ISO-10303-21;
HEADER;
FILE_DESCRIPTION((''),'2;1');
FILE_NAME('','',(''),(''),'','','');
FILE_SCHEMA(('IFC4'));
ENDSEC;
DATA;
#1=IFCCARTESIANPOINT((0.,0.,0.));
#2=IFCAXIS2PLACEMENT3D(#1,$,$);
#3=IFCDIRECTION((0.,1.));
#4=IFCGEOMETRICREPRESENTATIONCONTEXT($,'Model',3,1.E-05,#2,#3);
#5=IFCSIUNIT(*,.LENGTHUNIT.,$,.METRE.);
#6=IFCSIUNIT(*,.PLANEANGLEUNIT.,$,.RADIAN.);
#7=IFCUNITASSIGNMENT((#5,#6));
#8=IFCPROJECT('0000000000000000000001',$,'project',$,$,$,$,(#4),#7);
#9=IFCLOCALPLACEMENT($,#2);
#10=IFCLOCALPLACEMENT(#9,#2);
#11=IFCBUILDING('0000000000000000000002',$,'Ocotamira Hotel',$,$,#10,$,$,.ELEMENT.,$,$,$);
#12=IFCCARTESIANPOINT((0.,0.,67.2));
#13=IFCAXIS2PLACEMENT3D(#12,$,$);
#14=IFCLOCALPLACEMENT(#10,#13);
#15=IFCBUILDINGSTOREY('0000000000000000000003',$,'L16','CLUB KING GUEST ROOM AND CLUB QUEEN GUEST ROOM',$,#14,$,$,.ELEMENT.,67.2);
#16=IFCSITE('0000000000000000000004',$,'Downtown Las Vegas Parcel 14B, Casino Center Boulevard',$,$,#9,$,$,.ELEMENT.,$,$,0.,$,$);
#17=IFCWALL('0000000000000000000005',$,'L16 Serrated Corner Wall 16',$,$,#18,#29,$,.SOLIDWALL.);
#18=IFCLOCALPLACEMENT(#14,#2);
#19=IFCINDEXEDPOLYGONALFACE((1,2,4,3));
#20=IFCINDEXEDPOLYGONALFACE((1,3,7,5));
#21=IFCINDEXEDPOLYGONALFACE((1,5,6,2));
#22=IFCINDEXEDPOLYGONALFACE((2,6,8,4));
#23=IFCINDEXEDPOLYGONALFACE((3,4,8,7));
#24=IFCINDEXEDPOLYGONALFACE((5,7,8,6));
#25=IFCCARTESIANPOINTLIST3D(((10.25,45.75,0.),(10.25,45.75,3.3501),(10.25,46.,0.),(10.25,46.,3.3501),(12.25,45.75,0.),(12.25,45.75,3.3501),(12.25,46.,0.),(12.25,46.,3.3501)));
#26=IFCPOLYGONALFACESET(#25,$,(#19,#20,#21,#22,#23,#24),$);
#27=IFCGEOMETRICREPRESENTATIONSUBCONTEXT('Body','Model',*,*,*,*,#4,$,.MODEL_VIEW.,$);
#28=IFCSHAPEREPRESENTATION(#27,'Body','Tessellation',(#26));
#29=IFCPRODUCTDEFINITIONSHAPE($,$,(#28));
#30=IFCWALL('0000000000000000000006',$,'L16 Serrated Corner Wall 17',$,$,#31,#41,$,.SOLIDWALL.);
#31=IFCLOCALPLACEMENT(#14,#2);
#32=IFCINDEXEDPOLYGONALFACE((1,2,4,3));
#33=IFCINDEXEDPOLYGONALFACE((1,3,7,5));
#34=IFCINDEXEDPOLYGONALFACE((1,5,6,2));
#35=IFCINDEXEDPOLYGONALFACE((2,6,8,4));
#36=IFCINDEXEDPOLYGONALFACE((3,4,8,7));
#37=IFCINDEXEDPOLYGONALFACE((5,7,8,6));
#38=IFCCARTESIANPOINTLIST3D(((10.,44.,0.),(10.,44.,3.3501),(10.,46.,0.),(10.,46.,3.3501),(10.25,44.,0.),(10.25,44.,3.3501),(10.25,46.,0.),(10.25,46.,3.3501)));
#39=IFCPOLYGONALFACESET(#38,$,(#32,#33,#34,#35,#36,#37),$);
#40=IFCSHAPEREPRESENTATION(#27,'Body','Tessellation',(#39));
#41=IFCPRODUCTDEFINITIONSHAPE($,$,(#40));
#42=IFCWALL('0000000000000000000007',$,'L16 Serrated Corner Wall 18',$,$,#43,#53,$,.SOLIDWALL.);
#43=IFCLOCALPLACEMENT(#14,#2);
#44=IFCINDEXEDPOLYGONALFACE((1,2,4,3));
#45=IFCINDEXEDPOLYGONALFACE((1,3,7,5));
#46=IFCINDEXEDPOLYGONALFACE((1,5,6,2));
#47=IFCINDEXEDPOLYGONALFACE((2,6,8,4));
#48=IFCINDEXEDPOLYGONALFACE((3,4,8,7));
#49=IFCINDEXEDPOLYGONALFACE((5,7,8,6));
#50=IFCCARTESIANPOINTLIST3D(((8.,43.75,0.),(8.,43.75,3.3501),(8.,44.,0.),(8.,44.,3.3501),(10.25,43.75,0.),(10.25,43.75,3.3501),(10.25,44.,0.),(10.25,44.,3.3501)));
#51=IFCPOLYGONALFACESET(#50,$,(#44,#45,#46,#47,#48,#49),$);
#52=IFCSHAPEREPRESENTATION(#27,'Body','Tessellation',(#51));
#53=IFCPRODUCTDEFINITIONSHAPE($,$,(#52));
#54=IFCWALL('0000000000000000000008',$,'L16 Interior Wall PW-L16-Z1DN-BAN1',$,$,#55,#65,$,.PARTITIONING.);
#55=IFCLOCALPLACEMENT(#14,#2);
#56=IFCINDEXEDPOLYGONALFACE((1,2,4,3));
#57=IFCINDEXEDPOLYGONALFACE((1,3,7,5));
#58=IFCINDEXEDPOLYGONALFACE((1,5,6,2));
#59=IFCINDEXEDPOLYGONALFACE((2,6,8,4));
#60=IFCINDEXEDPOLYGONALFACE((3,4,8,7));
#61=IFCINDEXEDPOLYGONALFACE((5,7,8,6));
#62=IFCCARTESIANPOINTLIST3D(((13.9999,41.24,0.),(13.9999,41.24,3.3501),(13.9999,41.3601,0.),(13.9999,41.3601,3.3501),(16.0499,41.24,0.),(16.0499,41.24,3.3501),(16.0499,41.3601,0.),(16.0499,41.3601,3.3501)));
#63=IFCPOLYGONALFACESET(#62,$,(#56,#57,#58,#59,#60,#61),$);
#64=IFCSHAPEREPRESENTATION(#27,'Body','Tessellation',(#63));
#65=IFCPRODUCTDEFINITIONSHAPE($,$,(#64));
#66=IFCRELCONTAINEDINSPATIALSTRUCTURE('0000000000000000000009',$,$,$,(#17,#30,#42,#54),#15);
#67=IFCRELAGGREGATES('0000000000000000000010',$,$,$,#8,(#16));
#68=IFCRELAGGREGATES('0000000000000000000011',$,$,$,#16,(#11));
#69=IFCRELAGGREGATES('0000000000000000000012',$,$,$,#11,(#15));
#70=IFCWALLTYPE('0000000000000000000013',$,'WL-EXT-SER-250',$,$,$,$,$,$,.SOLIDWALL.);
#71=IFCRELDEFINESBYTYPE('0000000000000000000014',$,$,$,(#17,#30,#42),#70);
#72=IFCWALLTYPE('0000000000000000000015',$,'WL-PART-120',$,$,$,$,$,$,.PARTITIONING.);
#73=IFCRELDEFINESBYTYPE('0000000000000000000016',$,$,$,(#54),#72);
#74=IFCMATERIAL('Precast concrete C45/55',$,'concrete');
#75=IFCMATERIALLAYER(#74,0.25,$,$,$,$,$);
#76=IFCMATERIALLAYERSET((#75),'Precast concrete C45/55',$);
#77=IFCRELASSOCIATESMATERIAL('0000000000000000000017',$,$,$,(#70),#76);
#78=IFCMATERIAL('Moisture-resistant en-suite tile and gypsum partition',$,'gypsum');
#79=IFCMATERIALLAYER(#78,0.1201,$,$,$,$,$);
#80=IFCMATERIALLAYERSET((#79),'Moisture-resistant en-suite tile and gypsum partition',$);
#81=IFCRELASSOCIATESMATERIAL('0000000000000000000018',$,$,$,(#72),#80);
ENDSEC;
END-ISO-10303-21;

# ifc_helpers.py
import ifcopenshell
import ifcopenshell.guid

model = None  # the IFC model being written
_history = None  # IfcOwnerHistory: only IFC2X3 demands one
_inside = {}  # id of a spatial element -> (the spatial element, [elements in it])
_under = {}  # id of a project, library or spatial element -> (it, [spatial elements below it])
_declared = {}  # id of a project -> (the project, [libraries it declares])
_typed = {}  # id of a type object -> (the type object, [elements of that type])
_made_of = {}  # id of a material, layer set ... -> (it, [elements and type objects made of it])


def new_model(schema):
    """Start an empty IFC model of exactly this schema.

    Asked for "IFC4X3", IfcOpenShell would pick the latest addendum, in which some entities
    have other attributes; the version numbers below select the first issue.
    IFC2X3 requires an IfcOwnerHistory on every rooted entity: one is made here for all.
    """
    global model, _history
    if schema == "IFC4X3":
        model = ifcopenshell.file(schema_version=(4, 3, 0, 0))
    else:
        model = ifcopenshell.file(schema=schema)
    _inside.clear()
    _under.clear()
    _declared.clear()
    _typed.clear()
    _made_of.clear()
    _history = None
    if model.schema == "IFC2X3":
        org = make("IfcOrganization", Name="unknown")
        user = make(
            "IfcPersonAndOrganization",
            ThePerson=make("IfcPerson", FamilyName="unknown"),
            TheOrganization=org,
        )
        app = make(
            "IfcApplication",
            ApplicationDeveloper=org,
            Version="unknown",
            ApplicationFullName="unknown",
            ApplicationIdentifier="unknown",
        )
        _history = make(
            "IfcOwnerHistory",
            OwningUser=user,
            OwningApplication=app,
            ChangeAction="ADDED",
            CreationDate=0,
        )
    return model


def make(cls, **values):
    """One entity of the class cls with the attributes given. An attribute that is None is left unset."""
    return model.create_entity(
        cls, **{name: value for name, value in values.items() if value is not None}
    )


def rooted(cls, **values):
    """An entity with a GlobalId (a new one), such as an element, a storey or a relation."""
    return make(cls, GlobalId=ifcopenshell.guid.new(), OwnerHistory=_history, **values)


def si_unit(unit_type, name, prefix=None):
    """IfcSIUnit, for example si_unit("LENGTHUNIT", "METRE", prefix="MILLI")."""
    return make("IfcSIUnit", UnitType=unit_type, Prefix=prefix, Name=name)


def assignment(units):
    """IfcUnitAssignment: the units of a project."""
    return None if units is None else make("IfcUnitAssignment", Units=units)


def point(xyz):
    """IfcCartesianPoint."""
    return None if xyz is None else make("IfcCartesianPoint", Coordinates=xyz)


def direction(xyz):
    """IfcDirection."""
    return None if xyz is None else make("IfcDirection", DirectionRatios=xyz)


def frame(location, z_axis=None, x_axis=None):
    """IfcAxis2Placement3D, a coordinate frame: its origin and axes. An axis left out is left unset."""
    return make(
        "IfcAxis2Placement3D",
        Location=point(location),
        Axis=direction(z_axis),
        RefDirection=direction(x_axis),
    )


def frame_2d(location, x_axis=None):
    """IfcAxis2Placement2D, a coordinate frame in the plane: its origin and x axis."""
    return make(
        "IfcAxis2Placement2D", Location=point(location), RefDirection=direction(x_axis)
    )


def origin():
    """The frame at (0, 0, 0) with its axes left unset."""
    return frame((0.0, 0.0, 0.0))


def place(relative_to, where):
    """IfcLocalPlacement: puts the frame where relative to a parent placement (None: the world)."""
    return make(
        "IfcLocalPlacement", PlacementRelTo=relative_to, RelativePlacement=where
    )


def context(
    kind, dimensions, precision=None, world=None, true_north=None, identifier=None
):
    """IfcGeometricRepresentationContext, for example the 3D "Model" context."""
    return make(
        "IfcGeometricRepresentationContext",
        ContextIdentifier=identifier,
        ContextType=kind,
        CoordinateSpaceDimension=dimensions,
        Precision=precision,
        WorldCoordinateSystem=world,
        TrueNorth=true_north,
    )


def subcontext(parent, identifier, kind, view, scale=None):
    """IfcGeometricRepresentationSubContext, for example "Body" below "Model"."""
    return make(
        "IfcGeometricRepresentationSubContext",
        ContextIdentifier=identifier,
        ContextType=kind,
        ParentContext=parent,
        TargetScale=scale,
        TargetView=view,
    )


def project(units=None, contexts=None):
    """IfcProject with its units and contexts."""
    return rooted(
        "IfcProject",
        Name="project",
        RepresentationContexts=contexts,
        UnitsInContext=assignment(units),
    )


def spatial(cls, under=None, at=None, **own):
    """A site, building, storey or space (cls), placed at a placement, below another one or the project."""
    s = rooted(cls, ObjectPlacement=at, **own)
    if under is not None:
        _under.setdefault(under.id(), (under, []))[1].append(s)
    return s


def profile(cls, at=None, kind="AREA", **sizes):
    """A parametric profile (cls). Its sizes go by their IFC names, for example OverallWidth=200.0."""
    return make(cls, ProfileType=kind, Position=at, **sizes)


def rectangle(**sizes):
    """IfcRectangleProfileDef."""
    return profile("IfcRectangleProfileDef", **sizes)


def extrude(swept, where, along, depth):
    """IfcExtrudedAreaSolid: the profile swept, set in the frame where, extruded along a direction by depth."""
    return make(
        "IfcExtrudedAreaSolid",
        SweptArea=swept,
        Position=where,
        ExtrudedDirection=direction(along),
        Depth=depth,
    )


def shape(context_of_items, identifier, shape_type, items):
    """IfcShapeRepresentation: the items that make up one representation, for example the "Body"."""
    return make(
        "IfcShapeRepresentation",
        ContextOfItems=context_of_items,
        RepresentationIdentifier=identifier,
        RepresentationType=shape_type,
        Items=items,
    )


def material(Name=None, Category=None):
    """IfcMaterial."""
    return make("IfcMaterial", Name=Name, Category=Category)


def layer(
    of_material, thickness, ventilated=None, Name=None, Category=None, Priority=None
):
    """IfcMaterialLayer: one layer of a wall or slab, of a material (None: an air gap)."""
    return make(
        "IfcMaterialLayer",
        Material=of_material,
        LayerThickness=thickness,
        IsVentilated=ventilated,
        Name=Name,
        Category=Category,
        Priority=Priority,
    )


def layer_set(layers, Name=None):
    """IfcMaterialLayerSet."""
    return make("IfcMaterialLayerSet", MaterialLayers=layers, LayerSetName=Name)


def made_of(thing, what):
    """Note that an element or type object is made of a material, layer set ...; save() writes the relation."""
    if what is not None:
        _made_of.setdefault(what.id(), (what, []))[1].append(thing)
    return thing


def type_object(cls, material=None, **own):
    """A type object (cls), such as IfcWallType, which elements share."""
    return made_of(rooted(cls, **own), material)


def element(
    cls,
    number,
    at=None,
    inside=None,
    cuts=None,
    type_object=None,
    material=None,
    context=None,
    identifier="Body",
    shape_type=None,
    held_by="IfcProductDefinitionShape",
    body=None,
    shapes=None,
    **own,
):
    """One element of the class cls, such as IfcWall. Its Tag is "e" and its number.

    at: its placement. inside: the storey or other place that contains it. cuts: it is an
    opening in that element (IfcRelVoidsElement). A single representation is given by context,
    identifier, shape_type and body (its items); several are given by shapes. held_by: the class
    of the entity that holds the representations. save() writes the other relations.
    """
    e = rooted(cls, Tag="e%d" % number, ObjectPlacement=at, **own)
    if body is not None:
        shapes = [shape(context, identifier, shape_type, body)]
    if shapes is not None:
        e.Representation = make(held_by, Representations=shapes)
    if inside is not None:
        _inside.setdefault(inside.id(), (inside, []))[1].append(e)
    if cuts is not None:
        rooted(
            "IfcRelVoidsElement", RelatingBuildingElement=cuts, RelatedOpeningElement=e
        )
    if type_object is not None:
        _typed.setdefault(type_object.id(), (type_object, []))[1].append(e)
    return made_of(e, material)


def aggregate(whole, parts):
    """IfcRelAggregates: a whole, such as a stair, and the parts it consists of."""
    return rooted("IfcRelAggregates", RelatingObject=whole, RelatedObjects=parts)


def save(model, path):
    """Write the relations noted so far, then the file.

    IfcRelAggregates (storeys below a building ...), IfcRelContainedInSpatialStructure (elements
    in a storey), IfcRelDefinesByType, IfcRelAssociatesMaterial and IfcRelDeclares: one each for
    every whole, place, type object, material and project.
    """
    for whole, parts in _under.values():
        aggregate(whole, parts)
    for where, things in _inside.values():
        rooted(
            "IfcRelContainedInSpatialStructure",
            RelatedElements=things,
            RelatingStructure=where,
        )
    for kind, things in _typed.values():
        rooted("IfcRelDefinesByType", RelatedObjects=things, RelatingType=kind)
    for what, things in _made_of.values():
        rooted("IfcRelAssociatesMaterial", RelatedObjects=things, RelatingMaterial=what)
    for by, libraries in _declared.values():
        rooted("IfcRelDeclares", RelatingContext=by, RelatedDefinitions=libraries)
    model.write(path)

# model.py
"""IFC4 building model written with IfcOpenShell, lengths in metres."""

from ifc_helpers import new_model, si_unit, direction, frame, frame_2d, origin, place, context, subcontext, project, spatial, rectangle, extrude, material, layer, layer_set, type_object, element, save


model = new_model("IFC4")

# Units and contexts
model_context = context("Model", 3, precision=1e-05, world=origin(), true_north=direction((0.0, 1.0)))
body_context = subcontext(model_context, "Body", "Model", "MODEL_VIEW")
ifc_project = project(units=[si_unit("LENGTHUNIT", "METRE"), si_unit("PLANEANGLEUNIT", "RADIAN")], contexts=[model_context])

# Site, building, storey
site_placement = place(None, origin())
site = spatial("IfcSite", under=ifc_project, at=site_placement, Name="Downtown Las Vegas Parcel 14B, Casino Center Boulevard", CompositionType="ELEMENT", RefElevation=0.0)
building_placement = place(site_placement, origin())
building = spatial("IfcBuilding", under=site, at=building_placement, Name="Ocotamira Hotel", CompositionType="ELEMENT")
storey_placement = place(building_placement, frame((0.0, 0.0, 67.2)))
storey = spatial("IfcBuildingStorey", under=building, at=storey_placement, Name="L16", Description="CLUB KING GUEST ROOM AND CLUB QUEEN GUEST ROOM", CompositionType="ELEMENT", Elevation=67.2)

# Shared definitions
ifc_material_1 = material(Name="Precast concrete C45/55", Category="concrete")
ifc_layer_1 = layer(ifc_material_1, 0.25)
ifc_layer_set_1 = layer_set([ifc_layer_1], Name="Precast concrete C45/55")
wall_type_1 = type_object("IfcWallType", Name="WL-EXT-SER-250", PredefinedType="SOLIDWALL", material=ifc_layer_set_1)

# Walls
for number, where, z_axis, x_axis, name in (
    (1, (12.25, 45.875, 0.0), (0.0, 0.0, 1.0), (-1.0, 0.0, 0.0), "L16 Serrated Corner Wall 16"),
    (2, (10.125, 46.0, 0.0), (0.0, 0.0, 1.0), (0.0, -1.0, 0.0), "L16 Serrated Corner Wall 17"),
):
    element("IfcWall", number, at=place(storey_placement, frame(where, z_axis=z_axis, x_axis=x_axis)), inside=storey, type_object=wall_type_1, Name=name, PredefinedType="SOLIDWALL", context=body_context, shape_type="SweptSolid", body=[
        extrude(rectangle(XDim=2.0, YDim=0.25, at=frame_2d((1.0, 0.0))), origin(), (0.0, 0.0, 1.0), 3.3501),
    ])
wall_1_placement = place(storey_placement, frame((10.25, 43.875, 0.0), z_axis=(0.0, 0.0, 1.0), x_axis=(-1.0, 0.0, 0.0)))
element("IfcWall", 3, at=wall_1_placement, inside=storey, type_object=wall_type_1, Name="L16 Serrated Corner Wall 18", PredefinedType="SOLIDWALL", context=body_context, shape_type="SweptSolid", body=[
    extrude(rectangle(XDim=2.25, YDim=0.25, at=frame_2d((1.125, 0.0))), origin(), (0.0, 0.0, 1.0), 3.3501),
])

# Wall
ifc_material_2 = material(Name="Moisture-resistant en-suite tile and gypsum partition", Category="gypsum")
ifc_layer_2 = layer(ifc_material_2, 0.1201)
ifc_layer_set_2 = layer_set([ifc_layer_2], Name="Moisture-resistant en-suite tile and gypsum partition")
wall_type_2 = type_object("IfcWallType", Name="WL-PART-120", PredefinedType="PARTITIONING", material=ifc_layer_set_2)
wall_2_placement = place(storey_placement, frame((14.0, 41.3, 0.0), z_axis=(0.0, 0.0, 1.0), x_axis=(1.0, 0.0, 0.0)))
element("IfcWall", 4, at=wall_2_placement, inside=storey, type_object=wall_type_2, Name="L16 Interior Wall PW-L16-Z1DN-BAN1", PredefinedType="PARTITIONING", context=body_context, shape_type="SweptSolid", body=[
    extrude(rectangle(XDim=2.05, YDim=0.1201, at=frame_2d((1.0249, 0.0))), origin(), (0.0, 0.0, 1.0), 3.3501),
])

save(model, "model.ifc")
